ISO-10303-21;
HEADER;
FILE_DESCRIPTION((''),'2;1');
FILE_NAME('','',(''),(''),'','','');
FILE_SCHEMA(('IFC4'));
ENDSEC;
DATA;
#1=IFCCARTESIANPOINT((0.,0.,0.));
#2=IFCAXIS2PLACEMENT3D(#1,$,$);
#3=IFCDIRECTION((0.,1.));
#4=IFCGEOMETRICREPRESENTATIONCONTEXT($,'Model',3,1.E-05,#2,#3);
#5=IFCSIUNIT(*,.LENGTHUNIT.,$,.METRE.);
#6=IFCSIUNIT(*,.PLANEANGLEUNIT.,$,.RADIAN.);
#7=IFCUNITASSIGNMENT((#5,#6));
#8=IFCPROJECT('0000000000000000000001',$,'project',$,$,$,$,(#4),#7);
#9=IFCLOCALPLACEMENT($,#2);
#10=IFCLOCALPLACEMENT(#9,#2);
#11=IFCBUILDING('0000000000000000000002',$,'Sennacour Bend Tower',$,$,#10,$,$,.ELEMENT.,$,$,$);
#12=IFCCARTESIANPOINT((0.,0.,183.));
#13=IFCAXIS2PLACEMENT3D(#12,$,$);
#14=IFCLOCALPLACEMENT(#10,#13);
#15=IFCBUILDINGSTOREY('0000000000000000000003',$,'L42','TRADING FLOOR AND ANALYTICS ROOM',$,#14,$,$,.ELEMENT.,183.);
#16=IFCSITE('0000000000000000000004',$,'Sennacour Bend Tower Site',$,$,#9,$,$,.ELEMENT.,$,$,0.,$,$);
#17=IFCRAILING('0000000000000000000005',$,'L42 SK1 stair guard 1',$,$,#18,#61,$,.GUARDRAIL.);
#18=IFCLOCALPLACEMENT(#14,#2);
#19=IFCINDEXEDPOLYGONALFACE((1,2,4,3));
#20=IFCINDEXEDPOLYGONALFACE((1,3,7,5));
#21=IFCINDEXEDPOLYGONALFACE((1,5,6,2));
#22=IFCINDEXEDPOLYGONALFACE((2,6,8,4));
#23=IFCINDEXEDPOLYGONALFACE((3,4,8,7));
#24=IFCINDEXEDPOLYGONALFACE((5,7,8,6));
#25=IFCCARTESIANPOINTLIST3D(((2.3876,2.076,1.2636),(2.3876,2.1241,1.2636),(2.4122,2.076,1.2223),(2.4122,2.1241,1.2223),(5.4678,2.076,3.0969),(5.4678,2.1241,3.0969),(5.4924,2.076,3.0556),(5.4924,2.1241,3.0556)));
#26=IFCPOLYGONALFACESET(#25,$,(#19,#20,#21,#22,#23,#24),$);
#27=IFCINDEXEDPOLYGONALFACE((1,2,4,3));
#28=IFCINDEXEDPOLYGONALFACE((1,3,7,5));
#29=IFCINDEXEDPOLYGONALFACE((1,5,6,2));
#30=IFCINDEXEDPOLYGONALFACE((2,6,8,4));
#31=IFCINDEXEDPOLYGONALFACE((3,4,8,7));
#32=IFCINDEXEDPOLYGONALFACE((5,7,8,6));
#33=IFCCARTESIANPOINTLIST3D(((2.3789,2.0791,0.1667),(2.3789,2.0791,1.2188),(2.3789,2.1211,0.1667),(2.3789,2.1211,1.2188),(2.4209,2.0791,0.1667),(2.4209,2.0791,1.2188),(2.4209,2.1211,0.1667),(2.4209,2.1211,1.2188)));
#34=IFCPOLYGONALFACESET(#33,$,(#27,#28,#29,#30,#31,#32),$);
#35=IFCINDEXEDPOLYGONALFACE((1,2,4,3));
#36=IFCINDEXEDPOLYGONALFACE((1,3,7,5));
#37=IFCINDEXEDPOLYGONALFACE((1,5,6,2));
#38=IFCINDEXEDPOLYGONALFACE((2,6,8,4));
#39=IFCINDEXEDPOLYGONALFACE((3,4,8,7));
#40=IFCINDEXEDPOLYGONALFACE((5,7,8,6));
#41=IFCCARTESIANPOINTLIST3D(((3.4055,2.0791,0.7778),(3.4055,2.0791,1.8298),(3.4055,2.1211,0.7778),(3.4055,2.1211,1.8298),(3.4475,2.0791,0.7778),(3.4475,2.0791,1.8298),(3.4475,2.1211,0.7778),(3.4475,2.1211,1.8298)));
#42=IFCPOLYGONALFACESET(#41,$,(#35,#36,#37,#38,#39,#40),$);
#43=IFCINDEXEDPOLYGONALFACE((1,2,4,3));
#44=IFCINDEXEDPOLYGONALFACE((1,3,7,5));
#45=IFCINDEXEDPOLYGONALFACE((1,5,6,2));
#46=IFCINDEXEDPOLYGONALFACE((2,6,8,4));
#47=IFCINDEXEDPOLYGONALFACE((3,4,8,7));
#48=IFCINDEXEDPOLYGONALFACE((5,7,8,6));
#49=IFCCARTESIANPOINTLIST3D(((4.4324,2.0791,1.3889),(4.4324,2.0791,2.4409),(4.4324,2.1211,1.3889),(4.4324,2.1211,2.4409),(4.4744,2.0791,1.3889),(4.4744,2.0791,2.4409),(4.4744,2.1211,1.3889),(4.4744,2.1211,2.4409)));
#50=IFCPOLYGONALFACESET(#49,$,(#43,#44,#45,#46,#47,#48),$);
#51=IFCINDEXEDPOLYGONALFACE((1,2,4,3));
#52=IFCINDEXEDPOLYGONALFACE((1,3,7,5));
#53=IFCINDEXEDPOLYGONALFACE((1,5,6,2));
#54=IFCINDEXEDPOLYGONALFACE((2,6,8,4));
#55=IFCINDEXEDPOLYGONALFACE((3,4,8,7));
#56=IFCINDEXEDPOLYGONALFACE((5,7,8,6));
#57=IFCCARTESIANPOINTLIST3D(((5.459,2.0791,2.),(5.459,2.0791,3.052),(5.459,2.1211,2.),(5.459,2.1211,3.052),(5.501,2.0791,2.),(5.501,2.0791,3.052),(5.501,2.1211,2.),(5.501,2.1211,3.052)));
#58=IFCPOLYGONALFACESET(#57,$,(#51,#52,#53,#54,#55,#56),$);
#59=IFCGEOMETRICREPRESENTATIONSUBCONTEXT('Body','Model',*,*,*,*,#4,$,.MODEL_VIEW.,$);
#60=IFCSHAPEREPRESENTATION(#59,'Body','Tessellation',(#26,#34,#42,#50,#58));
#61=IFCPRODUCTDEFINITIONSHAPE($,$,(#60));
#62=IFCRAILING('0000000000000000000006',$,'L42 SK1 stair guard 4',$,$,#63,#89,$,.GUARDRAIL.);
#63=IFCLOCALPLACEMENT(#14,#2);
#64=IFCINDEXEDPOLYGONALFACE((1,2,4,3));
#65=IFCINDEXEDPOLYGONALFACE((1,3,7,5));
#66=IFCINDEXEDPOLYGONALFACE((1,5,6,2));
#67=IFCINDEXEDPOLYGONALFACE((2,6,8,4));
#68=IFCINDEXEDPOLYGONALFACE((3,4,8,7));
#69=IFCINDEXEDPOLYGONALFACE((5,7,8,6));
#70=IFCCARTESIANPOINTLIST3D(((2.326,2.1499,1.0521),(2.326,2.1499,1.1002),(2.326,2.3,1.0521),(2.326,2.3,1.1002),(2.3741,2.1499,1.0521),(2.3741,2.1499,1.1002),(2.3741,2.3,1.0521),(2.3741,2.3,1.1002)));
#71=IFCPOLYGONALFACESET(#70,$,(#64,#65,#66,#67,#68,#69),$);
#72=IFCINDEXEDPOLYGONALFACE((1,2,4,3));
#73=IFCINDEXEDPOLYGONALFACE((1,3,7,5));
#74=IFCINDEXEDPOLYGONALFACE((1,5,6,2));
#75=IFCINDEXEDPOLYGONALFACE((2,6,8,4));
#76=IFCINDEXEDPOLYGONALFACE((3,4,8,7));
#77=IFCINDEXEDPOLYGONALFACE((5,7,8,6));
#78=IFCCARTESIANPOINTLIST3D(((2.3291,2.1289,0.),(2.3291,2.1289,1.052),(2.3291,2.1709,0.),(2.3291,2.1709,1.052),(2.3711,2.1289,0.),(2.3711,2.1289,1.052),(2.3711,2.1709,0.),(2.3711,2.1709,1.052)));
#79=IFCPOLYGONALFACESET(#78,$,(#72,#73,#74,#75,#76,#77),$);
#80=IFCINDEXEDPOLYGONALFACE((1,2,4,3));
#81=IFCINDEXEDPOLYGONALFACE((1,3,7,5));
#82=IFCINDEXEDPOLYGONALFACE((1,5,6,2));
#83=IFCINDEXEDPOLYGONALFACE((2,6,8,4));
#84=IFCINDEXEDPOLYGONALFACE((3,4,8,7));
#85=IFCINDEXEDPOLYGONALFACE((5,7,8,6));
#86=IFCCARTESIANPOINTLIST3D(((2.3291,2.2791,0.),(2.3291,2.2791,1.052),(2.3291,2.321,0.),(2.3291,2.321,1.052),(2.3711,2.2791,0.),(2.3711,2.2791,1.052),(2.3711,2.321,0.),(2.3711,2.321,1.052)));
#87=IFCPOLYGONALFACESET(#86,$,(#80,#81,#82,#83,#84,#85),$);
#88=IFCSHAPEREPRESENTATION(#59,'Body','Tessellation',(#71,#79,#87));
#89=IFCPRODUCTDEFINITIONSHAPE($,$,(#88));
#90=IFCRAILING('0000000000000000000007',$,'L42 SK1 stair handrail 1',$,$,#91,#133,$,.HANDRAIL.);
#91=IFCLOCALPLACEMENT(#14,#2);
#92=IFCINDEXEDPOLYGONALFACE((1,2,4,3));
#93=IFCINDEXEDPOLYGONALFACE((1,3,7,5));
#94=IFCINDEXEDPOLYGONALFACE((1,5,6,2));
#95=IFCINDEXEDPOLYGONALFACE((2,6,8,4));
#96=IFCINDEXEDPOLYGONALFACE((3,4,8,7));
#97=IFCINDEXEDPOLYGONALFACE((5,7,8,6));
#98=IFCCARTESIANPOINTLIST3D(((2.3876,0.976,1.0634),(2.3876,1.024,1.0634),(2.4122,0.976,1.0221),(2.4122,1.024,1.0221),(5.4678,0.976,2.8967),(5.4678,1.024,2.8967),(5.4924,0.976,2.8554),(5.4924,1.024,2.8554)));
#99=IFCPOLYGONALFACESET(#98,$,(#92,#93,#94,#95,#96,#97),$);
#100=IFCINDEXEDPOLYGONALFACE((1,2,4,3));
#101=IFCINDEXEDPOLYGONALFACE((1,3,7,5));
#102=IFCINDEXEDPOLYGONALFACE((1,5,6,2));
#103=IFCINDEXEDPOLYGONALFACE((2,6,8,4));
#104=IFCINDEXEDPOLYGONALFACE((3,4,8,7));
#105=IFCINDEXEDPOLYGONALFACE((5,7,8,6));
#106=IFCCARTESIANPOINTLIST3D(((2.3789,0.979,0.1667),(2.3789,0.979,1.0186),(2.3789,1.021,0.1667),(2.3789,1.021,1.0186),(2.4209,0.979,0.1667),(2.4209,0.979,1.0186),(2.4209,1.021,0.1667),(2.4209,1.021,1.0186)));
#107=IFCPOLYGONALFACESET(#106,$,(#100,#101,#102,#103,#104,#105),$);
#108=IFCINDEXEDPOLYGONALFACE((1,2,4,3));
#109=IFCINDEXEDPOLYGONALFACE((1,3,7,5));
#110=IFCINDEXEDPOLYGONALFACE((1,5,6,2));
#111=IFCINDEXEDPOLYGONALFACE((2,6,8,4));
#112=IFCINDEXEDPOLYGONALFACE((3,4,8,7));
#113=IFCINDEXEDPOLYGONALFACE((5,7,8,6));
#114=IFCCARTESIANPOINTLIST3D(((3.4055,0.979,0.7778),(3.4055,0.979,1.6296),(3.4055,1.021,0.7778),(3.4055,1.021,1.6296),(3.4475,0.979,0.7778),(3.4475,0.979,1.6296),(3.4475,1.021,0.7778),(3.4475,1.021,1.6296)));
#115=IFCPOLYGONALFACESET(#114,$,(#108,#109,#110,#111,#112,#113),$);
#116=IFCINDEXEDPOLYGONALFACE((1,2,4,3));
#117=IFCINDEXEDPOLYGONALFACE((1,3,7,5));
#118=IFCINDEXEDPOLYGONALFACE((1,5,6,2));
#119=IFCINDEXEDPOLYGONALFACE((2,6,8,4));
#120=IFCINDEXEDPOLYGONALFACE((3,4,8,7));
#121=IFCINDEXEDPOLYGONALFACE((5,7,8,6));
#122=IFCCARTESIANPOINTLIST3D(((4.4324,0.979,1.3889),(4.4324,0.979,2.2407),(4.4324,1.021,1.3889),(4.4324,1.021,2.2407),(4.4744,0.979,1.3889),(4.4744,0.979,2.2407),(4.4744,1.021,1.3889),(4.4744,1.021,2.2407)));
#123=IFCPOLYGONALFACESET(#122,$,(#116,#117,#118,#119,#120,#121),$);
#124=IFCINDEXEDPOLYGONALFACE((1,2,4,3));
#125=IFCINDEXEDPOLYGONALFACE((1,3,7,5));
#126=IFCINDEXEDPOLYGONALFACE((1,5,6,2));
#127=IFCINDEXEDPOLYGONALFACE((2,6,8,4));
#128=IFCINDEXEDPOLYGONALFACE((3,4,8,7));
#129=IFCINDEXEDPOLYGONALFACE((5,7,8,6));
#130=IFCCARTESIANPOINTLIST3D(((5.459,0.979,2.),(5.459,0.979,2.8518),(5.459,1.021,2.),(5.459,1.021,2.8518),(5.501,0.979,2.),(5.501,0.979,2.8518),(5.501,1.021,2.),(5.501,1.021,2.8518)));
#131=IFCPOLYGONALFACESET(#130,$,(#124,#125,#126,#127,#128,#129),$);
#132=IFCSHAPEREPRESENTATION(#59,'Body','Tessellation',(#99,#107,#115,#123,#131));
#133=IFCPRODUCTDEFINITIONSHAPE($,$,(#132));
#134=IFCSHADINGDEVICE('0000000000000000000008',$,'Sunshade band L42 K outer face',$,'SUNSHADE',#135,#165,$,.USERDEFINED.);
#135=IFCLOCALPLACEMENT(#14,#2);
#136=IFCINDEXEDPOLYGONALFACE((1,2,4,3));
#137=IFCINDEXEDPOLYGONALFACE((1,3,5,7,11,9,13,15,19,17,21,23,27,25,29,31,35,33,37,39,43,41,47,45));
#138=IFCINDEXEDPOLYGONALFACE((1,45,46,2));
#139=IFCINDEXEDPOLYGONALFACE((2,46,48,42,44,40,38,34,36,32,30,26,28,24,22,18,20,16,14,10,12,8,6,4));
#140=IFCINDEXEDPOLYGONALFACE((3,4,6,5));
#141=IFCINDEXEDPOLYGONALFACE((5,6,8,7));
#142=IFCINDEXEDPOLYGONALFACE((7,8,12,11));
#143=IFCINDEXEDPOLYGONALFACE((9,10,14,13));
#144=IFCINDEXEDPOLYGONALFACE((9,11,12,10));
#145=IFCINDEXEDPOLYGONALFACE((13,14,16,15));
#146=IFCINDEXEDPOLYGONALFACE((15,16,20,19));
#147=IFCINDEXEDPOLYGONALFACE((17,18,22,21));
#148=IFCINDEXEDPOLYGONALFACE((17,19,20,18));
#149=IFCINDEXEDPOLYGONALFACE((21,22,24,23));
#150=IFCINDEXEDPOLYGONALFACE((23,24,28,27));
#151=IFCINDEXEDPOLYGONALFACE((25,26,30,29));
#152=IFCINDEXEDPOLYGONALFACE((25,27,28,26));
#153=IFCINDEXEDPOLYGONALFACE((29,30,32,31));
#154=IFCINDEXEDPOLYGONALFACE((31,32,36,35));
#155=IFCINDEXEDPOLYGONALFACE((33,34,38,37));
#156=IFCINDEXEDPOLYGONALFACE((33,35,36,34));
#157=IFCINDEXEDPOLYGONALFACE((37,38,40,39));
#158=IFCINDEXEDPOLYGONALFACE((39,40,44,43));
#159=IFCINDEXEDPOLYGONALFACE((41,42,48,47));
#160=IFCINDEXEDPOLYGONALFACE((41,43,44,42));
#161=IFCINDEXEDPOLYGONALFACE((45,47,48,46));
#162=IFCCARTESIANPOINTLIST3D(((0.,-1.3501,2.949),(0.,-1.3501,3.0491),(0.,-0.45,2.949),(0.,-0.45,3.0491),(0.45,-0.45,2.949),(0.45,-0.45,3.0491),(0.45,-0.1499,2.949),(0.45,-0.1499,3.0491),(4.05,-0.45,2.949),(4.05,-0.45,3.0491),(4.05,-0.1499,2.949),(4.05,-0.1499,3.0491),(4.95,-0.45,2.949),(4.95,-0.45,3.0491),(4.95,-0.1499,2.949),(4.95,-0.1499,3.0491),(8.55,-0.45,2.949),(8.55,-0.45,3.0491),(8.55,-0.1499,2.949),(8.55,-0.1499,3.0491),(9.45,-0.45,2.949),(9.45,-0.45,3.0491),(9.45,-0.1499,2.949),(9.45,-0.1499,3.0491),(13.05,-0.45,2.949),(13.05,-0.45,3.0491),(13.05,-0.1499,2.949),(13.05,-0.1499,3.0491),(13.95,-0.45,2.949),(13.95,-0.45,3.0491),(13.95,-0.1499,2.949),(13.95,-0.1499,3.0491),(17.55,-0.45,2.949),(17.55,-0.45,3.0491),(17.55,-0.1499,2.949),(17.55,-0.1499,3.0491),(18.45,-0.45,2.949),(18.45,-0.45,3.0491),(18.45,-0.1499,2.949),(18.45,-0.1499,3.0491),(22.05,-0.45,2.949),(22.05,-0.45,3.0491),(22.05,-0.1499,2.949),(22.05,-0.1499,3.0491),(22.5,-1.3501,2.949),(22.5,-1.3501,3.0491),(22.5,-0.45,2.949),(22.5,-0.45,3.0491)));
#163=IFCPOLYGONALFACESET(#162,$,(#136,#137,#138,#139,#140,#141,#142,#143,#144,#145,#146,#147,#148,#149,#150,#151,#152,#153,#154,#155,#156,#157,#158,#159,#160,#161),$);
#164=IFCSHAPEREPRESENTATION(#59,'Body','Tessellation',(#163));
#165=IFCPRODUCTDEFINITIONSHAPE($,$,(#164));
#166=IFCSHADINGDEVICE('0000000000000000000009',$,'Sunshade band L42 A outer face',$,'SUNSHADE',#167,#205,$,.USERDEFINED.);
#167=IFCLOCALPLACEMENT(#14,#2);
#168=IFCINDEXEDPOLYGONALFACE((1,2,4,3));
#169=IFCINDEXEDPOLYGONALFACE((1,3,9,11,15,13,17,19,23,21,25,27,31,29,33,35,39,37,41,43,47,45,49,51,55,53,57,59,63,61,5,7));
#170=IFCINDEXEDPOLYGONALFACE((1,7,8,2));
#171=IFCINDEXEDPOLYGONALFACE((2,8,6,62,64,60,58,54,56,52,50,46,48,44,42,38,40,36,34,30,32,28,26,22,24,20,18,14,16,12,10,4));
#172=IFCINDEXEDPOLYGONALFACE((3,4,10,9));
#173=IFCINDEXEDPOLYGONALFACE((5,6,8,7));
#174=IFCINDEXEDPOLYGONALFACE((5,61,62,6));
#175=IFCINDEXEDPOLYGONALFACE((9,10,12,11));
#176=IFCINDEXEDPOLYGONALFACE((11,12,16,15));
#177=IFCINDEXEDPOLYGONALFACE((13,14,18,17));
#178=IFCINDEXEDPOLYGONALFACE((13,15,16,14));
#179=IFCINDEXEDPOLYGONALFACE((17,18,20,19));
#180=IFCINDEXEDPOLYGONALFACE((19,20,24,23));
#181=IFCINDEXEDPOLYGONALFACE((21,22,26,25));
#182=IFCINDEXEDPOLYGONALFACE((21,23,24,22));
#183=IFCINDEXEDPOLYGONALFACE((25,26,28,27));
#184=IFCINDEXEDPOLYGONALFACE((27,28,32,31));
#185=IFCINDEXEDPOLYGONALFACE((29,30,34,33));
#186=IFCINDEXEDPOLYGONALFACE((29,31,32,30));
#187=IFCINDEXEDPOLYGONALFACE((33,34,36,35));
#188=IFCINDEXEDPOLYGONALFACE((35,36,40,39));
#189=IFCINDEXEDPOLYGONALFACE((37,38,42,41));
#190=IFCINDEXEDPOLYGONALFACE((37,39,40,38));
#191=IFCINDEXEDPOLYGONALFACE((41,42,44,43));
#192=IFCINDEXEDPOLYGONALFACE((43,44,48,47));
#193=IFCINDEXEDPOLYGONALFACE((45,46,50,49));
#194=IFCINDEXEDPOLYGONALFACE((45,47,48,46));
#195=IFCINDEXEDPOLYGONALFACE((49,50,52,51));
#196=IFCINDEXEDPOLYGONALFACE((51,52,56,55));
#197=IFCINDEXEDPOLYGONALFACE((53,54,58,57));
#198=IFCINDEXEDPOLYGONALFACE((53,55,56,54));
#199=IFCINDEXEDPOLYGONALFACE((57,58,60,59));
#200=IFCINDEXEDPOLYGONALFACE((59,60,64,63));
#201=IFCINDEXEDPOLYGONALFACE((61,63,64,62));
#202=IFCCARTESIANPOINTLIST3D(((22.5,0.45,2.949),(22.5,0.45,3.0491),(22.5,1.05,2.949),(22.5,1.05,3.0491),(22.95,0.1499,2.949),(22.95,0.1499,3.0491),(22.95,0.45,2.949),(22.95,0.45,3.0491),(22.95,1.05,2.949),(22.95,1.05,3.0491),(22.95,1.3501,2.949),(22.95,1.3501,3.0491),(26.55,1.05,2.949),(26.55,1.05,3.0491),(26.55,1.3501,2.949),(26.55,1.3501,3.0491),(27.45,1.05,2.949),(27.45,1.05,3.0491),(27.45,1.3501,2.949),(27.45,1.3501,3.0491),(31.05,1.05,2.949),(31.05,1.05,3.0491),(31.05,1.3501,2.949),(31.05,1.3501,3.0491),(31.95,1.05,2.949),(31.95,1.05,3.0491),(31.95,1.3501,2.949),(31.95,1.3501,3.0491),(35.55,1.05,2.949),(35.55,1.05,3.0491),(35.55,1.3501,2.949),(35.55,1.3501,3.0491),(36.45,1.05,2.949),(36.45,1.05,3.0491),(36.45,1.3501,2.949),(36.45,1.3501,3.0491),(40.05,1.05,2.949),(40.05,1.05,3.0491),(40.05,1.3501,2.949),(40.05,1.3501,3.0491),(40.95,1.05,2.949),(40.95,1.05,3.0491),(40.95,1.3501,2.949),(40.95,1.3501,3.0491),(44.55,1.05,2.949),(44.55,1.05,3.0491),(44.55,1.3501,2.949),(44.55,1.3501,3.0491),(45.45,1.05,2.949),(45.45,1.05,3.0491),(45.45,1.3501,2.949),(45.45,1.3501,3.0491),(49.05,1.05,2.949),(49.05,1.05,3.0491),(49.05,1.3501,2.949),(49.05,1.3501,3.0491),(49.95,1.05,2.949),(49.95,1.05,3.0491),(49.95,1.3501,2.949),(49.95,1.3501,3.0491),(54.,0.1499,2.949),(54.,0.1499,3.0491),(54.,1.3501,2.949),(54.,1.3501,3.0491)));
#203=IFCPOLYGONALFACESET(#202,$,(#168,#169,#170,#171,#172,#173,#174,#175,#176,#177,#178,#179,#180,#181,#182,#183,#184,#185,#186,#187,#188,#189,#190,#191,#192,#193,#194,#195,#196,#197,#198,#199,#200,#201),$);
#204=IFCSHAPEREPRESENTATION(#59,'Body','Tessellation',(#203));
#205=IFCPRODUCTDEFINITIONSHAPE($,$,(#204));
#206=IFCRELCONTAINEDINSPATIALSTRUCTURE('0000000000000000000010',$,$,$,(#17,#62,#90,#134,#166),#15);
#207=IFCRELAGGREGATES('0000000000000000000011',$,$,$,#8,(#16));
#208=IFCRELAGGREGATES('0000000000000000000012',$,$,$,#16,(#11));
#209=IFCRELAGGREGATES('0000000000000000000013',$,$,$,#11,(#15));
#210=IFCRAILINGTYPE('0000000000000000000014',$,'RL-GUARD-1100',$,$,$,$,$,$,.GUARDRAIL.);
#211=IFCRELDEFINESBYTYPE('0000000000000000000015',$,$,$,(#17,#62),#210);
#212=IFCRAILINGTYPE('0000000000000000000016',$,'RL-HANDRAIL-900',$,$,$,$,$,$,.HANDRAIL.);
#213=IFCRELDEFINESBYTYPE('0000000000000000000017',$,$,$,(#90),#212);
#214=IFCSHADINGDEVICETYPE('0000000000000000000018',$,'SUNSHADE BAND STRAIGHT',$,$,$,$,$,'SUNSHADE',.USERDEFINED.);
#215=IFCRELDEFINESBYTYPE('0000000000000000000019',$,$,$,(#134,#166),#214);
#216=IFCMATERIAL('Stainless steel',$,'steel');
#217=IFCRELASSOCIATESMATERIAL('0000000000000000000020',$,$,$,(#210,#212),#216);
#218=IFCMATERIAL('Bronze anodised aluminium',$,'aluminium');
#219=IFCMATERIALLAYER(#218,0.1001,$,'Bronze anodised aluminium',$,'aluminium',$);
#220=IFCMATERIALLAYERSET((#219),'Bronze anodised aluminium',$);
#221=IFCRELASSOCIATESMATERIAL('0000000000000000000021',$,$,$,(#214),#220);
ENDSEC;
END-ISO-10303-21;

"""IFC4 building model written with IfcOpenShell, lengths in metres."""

from ifc_helpers import new_model, si_unit, direction, frame, origin, origin_2d, place, context, subcontext, project, spatial, polyline, rectangle, outline, extrude, material, layer, layer_set, type_object, element, save


model = new_model("IFC4")

# Units and contexts
model_context = context("Model", 3, precision=1e-05, world=origin(), true_north=direction((0.0, 1.0)))
body_context = subcontext(model_context, "Body", "Model", "MODEL_VIEW")
ifc_project = project(units=[si_unit("LENGTHUNIT", "METRE"), si_unit("PLANEANGLEUNIT", "RADIAN")], contexts=[model_context])

# Site, building, storey
site_placement = place(None, origin())
site = spatial("IfcSite", under=ifc_project, at=site_placement, Name="Sennacour Bend Tower Site", CompositionType="ELEMENT", RefElevation=0.0)
building_placement = place(site_placement, origin())
building = spatial("IfcBuilding", under=site, at=building_placement, Name="Sennacour Bend Tower", CompositionType="ELEMENT")
storey_placement = place(building_placement, frame((0.0, 0.0, 183.0)))
storey = spatial("IfcBuildingStorey", under=building, at=storey_placement, Name="L42", Description="TRADING FLOOR AND ANALYTICS ROOM", CompositionType="ELEMENT", Elevation=183.0)

# Railings
ifc_material_1 = material(Name="Stainless steel", Category="steel")
railing_type_1 = type_object("IfcRailingType", Name="RL-GUARD-1100", PredefinedType="GUARDRAIL", material=ifc_material_1)
railing_1_placement = place(storey_placement, frame((2.3999, 2.1001, 0.1667)))
element("IfcRailing", 1, at=railing_1_placement, inside=storey, type_object=railing_type_1, Name="L42 SK1 stair guard 1", PredefinedType="GUARDRAIL", context=body_context, shape_type="SweptSolid", body=[
    extrude(rectangle(XDim=0.0481, YDim=0.0481, at=origin_2d()), frame((0.0, 0.0, 1.0762), z_axis=(0.859309, 0.0, 0.511458), x_axis=(0.0, 1.0, 0.0)), (0.0, 0.0, 1.0), 3.5845),
    extrude(rectangle(XDim=0.042, YDim=0.042, at=origin_2d()), origin(), (0.0, 0.0, 1.0), 1.052),
    extrude(rectangle(XDim=0.042, YDim=0.042, at=origin_2d()), frame((1.0266, 0.0, 0.6111)), (0.0, 0.0, 1.0), 1.052),
    extrude(rectangle(XDim=0.042, YDim=0.042, at=origin_2d()), frame((2.0535, 0.0, 1.2222)), (0.0, 0.0, 1.0), 1.052),
    extrude(rectangle(XDim=0.042, YDim=0.042, at=origin_2d()), frame((3.0801, 0.0, 1.8333)), (0.0, 0.0, 1.0), 1.052),
])
railing_2_placement = place(storey_placement, frame((2.3501, 2.1499, 0.0)))
element("IfcRailing", 2, at=railing_2_placement, inside=storey, type_object=railing_type_1, Name="L42 SK1 stair guard 4", PredefinedType="GUARDRAIL", context=body_context, shape_type="SweptSolid", body=[
    extrude(rectangle(XDim=0.0481, YDim=0.0481, at=origin_2d()), frame((0.0, 0.0, 1.0762), z_axis=(0.0, 1.0, 0.0), x_axis=(-1.0, 0.0, 0.0)), (0.0, 0.0, 1.0), 0.1501),
    extrude(rectangle(XDim=0.042, YDim=0.042, at=origin_2d()), origin(), (0.0, 0.0, 1.0), 1.052),
    extrude(rectangle(XDim=0.042, YDim=0.042, at=origin_2d()), frame((0.0, 0.1501, 0.0)), (0.0, 0.0, 1.0), 1.052),
])
railing_type_2 = type_object("IfcRailingType", Name="RL-HANDRAIL-900", PredefinedType="HANDRAIL", material=ifc_material_1)
railing_3_placement = place(storey_placement, frame((2.3999, 1.0, 0.1667)))
element("IfcRailing", 3, at=railing_3_placement, inside=storey, type_object=railing_type_2, Name="L42 SK1 stair handrail 1", PredefinedType="HANDRAIL", context=body_context, shape_type="SweptSolid", body=[
    extrude(rectangle(XDim=0.0481, YDim=0.0481, at=origin_2d()), frame((0.0, 0.0, 0.876), z_axis=(0.859309, 0.0, 0.511458), x_axis=(0.0, 1.0, 0.0)), (0.0, 0.0, 1.0), 3.5845),
    extrude(rectangle(XDim=0.042, YDim=0.042, at=origin_2d()), origin(), (0.0, 0.0, 1.0), 0.8518),
    extrude(rectangle(XDim=0.042, YDim=0.042, at=origin_2d()), frame((1.0266, 0.0, 0.6111)), (0.0, 0.0, 1.0), 0.8518),
    extrude(rectangle(XDim=0.042, YDim=0.042, at=origin_2d()), frame((2.0535, 0.0, 1.2222)), (0.0, 0.0, 1.0), 0.8518),
    extrude(rectangle(XDim=0.042, YDim=0.042, at=origin_2d()), frame((3.0801, 0.0, 1.8333)), (0.0, 0.0, 1.0), 0.8518),
])

# Shading devices
ifc_material_2 = material(Name="Bronze anodised aluminium", Category="aluminium")
ifc_layer_1 = layer(ifc_material_2, 0.1001, Name="Bronze anodised aluminium", Category="aluminium")
ifc_layer_set_1 = layer_set([ifc_layer_1], Name="Bronze anodised aluminium")
shading_device_type_1 = type_object("IfcShadingDeviceType", Name="SUNSHADE BAND STRAIGHT", ElementType="SUNSHADE", PredefinedType="USERDEFINED", material=ifc_layer_set_1)
shading_device_1_placement = place(storey_placement, frame((0.0, 0.0, 2.949)))
element("IfcShadingDevice", 4, at=shading_device_1_placement, inside=storey, type_object=shading_device_type_1, Name="Sunshade band L42 K outer face", ObjectType="SUNSHADE", PredefinedType="USERDEFINED", context=body_context, shape_type="SweptSolid", body=[
    extrude(outline(polyline([(4.05, -0.1499), (4.05, -0.45), (4.95, -0.45), (4.95, -0.1499), (8.55, -0.1499), (8.55, -0.45), (9.45, -0.45), (9.45, -0.1499), (13.05, -0.1499), (13.05, -0.45), (13.95, -0.45), (13.95, -0.1499), (17.55, -0.1499), (17.55, -0.45), (18.45, -0.45), (18.45, -0.1499), (22.05, -0.1499), (22.05, -0.45), (22.5, -0.45), (22.5, -1.3501), (0.0, -1.3501), (0.0, -0.45), (0.45, -0.45), (0.45, -0.1499), (4.05, -0.1499)])), origin(), (0.0, 0.0, 1.0), 0.1001),
])
shading_device_2_placement = place(storey_placement, frame((0.0, 0.0, 2.949)))
element("IfcShadingDevice", 5, at=shading_device_2_placement, inside=storey, type_object=shading_device_type_1, Name="Sunshade band L42 A outer face", ObjectType="SUNSHADE", PredefinedType="USERDEFINED", context=body_context, shape_type="SweptSolid", body=[
    extrude(outline(polyline([(26.55, 1.3501), (26.55, 1.05), (27.45, 1.05), (27.45, 1.3501), (31.05, 1.3501), (31.05, 1.05), (31.95, 1.05), (31.95, 1.3501), (35.55, 1.3501), (35.55, 1.05), (36.45, 1.05), (36.45, 1.3501), (40.05, 1.3501), (40.05, 1.05), (40.95, 1.05), (40.95, 1.3501), (44.55, 1.3501), (44.55, 1.05), (45.45, 1.05), (45.45, 1.3501), (49.05, 1.3501), (49.05, 1.05), (49.95, 1.05), (49.95, 1.3501), (54.0, 1.3501), (54.0, 0.1499), (22.95, 0.1499), (22.95, 0.45), (22.5, 0.45), (22.5, 1.05), (22.95, 1.05), (22.95, 1.3501), (26.55, 1.3501)])), origin(), (0.0, 0.0, 1.0), 0.1001),
])

save(model, "model.ifc")
